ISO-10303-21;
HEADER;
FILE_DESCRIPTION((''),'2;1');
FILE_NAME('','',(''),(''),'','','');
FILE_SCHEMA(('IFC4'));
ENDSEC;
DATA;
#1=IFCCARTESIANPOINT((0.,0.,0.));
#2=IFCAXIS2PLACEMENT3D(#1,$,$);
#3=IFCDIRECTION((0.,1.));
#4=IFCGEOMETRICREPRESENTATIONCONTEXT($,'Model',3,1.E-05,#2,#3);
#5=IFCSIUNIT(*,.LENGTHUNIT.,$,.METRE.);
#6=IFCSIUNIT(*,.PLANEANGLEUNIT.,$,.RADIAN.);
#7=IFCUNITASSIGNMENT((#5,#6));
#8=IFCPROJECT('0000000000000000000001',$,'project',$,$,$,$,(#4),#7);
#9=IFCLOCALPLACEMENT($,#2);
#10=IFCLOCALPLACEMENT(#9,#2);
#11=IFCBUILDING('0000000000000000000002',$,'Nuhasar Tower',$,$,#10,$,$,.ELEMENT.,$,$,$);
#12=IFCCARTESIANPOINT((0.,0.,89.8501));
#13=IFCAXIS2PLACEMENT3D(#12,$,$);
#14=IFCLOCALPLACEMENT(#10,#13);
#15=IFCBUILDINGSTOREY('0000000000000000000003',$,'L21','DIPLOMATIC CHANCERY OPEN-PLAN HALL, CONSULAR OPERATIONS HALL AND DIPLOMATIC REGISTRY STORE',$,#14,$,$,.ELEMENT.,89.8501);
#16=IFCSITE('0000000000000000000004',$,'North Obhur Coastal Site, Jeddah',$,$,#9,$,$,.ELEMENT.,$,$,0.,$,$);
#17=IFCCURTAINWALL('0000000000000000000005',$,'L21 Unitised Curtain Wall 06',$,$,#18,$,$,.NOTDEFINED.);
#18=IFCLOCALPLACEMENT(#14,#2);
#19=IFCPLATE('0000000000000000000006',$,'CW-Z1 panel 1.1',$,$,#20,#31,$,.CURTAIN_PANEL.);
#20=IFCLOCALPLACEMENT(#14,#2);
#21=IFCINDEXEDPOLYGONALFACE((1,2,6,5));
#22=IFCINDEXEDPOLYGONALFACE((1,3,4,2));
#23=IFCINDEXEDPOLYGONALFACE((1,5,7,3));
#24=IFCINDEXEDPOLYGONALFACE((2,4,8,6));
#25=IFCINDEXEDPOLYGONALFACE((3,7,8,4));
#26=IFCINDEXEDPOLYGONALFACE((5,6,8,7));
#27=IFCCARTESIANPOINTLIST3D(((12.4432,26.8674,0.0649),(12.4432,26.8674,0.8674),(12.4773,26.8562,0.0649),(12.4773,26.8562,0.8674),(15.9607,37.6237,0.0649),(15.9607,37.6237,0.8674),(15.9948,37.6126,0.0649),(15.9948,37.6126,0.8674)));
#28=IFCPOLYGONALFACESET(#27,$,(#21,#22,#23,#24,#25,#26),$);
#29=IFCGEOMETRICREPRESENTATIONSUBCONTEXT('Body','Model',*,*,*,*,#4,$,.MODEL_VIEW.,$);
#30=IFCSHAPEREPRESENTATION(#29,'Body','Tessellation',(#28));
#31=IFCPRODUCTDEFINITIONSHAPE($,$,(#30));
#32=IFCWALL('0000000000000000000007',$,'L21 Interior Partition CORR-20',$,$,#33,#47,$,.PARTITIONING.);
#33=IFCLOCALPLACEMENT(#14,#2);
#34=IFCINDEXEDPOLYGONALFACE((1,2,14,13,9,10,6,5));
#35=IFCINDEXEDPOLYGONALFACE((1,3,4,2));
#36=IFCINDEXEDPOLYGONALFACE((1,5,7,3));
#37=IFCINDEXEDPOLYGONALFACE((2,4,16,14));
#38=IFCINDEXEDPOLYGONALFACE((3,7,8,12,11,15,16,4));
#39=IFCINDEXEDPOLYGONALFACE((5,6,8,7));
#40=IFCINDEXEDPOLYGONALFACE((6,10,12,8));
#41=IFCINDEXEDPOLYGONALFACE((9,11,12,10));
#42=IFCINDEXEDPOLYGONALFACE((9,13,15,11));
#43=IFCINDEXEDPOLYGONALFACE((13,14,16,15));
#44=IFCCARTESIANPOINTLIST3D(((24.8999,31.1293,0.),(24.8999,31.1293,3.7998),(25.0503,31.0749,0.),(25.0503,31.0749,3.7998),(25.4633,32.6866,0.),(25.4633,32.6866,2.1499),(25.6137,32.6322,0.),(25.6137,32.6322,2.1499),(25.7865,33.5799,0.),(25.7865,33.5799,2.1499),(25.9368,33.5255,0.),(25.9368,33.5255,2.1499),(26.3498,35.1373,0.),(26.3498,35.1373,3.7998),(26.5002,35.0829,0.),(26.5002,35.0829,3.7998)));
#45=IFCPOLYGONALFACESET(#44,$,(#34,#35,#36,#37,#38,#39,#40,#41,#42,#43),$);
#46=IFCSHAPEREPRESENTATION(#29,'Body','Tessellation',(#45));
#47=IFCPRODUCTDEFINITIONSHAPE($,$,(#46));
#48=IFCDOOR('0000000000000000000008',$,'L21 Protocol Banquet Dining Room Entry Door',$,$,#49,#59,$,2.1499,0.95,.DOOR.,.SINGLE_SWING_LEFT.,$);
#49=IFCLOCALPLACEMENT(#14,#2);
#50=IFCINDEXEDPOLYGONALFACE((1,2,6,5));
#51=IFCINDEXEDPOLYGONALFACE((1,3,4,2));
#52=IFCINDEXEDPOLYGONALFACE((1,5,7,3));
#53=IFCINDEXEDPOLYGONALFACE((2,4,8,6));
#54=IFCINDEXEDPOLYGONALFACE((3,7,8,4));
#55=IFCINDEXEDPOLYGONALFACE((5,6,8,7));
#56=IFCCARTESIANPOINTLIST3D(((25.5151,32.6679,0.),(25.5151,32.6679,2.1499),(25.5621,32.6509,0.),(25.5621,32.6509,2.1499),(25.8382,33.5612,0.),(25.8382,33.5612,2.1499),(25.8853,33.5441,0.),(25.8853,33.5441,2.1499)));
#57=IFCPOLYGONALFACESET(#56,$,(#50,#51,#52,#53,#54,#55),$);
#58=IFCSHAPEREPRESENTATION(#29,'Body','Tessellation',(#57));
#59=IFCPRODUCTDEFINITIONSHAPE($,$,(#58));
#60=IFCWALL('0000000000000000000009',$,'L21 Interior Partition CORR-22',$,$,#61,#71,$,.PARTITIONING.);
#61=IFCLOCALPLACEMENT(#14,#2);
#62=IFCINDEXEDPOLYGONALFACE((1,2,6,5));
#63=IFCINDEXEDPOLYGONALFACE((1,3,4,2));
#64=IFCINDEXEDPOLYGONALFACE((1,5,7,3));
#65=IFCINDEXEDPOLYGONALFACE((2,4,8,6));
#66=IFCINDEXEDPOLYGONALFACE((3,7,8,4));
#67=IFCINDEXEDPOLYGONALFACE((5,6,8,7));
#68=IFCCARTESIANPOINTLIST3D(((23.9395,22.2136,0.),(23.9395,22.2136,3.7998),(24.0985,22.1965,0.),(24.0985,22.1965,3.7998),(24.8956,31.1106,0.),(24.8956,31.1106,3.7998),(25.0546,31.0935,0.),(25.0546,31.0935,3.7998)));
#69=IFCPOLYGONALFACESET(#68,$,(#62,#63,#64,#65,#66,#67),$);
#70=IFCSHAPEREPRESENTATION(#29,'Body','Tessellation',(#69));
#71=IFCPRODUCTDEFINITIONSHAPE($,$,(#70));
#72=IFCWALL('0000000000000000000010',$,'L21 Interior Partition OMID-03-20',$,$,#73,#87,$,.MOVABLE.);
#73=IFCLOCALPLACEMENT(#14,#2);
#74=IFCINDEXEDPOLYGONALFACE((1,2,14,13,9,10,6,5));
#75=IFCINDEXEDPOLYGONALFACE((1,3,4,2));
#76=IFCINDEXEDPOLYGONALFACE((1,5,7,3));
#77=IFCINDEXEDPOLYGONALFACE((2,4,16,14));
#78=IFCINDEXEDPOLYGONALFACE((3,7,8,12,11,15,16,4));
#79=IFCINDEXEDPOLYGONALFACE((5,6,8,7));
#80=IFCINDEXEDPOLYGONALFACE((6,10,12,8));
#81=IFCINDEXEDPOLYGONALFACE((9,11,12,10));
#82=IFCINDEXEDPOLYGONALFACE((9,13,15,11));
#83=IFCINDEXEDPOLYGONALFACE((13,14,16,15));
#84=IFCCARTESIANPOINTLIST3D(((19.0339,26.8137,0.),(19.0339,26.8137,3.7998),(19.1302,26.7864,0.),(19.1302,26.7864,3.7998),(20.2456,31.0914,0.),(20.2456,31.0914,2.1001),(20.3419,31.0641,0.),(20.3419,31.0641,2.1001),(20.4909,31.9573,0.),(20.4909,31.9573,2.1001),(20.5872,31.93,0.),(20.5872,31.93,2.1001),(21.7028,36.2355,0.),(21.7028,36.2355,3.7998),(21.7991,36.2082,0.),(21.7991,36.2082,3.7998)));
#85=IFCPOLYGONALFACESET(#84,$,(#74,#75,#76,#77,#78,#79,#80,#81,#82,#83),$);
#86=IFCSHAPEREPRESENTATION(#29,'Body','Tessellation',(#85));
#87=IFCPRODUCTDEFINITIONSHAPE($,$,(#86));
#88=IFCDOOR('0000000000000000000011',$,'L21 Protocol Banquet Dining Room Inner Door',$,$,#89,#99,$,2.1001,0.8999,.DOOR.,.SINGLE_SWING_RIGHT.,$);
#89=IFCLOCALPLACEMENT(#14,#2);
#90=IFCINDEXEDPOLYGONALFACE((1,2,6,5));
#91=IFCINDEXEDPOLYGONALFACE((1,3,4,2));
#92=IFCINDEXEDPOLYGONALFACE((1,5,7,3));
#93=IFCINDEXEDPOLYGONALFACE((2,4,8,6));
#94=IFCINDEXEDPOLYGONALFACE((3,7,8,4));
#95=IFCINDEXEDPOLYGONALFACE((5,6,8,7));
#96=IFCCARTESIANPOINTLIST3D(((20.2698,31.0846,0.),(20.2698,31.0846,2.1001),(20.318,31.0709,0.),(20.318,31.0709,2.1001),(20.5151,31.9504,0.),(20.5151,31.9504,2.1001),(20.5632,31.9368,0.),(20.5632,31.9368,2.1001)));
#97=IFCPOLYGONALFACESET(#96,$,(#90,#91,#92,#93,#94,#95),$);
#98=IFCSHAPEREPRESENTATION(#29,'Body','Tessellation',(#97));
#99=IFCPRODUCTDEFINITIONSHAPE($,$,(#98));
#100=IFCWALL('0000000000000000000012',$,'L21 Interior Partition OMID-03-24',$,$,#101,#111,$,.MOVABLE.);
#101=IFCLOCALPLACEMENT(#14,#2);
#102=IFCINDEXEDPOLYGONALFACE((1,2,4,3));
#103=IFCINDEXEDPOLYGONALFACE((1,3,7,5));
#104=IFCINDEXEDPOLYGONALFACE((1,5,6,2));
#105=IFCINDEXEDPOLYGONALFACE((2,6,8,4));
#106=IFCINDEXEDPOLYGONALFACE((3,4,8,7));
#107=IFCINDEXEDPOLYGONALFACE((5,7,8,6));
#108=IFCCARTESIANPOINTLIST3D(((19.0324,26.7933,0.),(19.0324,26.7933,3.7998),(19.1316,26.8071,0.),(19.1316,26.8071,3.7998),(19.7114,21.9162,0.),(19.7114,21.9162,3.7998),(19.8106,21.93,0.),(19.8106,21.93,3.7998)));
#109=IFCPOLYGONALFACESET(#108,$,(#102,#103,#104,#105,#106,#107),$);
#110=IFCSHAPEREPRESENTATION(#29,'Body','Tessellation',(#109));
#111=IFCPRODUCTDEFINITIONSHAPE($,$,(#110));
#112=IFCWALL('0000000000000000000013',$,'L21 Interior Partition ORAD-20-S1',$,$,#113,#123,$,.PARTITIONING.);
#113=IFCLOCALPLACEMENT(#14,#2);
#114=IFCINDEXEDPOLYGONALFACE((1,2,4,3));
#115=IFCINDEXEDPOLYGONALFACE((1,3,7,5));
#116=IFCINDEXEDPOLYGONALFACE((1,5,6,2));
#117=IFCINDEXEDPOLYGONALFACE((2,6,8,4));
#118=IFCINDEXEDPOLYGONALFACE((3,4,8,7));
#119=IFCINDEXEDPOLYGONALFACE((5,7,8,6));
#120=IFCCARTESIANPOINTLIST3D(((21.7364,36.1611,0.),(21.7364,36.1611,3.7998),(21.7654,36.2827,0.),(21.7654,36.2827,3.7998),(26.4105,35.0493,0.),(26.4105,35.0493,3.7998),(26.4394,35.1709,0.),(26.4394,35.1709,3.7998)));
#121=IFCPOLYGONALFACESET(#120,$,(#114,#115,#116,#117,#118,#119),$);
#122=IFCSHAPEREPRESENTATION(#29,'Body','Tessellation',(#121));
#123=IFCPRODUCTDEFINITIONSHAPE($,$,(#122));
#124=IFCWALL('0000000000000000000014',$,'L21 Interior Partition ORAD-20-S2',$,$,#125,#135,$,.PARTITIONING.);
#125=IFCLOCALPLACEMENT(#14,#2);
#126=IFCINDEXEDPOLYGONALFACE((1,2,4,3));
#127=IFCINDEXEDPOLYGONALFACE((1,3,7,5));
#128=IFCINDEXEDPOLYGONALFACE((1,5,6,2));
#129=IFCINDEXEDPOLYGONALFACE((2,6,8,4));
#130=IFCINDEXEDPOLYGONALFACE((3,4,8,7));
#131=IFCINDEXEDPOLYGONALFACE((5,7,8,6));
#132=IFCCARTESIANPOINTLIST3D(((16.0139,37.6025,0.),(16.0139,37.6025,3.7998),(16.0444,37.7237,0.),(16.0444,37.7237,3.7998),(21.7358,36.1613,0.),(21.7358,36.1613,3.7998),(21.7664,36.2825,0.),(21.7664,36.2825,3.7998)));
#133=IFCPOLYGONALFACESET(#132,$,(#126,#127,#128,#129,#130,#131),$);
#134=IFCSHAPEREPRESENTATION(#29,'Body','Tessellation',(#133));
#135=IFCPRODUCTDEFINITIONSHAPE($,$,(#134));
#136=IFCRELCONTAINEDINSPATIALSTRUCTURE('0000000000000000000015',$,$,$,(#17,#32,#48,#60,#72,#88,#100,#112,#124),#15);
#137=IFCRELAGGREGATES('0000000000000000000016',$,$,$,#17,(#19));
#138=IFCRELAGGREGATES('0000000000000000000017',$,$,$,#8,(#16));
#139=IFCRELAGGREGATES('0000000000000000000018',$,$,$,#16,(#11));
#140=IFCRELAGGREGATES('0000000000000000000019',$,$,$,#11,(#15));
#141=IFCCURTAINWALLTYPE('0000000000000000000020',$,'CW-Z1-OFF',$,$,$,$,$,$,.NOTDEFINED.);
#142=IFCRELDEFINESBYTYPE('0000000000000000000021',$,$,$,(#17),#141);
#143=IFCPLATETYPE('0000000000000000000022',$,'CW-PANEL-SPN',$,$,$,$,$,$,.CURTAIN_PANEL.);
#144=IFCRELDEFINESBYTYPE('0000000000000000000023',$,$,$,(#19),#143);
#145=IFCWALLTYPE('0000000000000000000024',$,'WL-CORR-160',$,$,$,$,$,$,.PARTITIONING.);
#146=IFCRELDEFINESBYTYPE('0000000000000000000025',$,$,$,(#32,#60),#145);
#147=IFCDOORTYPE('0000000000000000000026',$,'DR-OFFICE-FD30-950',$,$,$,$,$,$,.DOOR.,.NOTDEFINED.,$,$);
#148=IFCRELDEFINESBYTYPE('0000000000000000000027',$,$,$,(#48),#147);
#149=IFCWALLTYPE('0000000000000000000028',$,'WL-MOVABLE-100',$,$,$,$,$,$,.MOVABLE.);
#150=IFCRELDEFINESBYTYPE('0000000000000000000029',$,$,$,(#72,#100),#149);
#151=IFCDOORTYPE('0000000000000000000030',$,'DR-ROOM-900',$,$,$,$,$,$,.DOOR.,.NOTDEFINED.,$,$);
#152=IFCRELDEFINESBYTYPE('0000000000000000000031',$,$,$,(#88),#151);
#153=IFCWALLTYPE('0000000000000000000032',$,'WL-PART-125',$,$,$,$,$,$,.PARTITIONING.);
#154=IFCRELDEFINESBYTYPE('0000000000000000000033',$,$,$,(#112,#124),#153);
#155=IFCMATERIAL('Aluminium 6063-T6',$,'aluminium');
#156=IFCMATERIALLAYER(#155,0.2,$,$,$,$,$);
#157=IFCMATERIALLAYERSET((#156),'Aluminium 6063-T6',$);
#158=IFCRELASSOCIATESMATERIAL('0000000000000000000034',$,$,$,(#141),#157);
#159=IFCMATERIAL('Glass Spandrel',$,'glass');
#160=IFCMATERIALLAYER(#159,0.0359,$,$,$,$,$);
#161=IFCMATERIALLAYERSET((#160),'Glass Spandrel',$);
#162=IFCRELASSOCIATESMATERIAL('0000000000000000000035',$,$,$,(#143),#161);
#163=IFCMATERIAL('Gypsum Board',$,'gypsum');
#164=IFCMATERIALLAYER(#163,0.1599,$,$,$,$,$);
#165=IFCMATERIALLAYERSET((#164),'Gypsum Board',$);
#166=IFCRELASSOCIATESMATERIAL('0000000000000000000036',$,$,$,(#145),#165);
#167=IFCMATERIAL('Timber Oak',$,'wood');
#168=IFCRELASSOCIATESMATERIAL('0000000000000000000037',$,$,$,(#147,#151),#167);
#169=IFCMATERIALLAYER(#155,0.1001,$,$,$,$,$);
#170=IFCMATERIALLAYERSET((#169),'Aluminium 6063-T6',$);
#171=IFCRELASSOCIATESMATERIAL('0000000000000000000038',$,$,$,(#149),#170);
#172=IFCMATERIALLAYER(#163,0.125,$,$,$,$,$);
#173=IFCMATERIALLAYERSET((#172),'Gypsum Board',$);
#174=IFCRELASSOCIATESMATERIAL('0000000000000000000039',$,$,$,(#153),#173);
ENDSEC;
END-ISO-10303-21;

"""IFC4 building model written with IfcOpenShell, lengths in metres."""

from ifc_helpers import new_model, si_unit, direction, frame, frame_2d, origin, origin_2d, place, context, subcontext, project, spatial, rectangle, extrude, material, layer, layer_set, type_object, element, fill, aggregate, save


model = new_model("IFC4")

# Units and contexts
model_context = context("Model", 3, precision=1e-05, world=origin(), true_north=direction((0.0, 1.0)))
body_context = subcontext(model_context, "Body", "Model", "MODEL_VIEW")
ifc_project = project(units=[si_unit("LENGTHUNIT", "METRE"), si_unit("PLANEANGLEUNIT", "RADIAN")], contexts=[model_context])

# Site, building, storey
site_placement = place(None, origin())
site = spatial("IfcSite", under=ifc_project, at=site_placement, Name="North Obhur Coastal Site, Jeddah", CompositionType="ELEMENT", RefElevation=0.0)
building_placement = place(site_placement, origin())
building = spatial("IfcBuilding", under=site, at=building_placement, Name="Nuhasar Tower", CompositionType="ELEMENT")
storey_placement = place(building_placement, frame((0.0, 0.0, 89.8501)))
storey = spatial("IfcBuildingStorey", under=building, at=storey_placement, Name="L21", Description="DIPLOMATIC CHANCERY OPEN-PLAN HALL, CONSULAR OPERATIONS HALL AND DIPLOMATIC REGISTRY STORE", CompositionType="ELEMENT", Elevation=89.8501)

# Curtain wall
ifc_material_1 = material(Name="Aluminium 6063-T6", Category="aluminium")
ifc_layer_1 = layer(ifc_material_1, 0.2)
ifc_layer_set_1 = layer_set([ifc_layer_1], Name="Aluminium 6063-T6")
curtain_wall_type = type_object("IfcCurtainWallType", Name="CW-Z1-OFF", PredefinedType="NOTDEFINED", material=ifc_layer_set_1)
curtain_wall_placement = place(storey_placement, origin())
curtain_wall = element("IfcCurtainWall", 1, at=curtain_wall_placement, inside=storey, type_object=curtain_wall_type, Name="L21 Unitised Curtain Wall 06", PredefinedType="NOTDEFINED")

# Plate
ifc_material_2 = material(Name="Glass Spandrel", Category="glass")
ifc_layer_2 = layer(ifc_material_2, 0.0359)
ifc_layer_set_2 = layer_set([ifc_layer_2], Name="Glass Spandrel")
plate_type_1 = type_object("IfcPlateType", Name="CW-PANEL-SPN", PredefinedType="CURTAIN_PANEL", material=ifc_layer_set_2)
plate_1_placement = place(storey_placement, frame((14.219, 32.24, 0.0649), z_axis=(0.0, 0.0, 1.0), x_axis=(-0.310824, -0.950468, 0.0)))
plate_1 = element("IfcPlate", 2, at=plate_1_placement, type_object=plate_type_1, Name="CW-Z1 panel 1.1", PredefinedType="CURTAIN_PANEL", context=body_context, shape_type="SweptSolid", body=[
    extrude(rectangle(XDim=11.3169, YDim=0.0359, at=origin_2d()), origin(), (0.0, 0.0, 1.0), 0.8025),
])
aggregate(curtain_wall, [plate_1])

# Wall, opening, door
ifc_material_3 = material(Name="Gypsum Board", Category="gypsum")
ifc_layer_3 = layer(ifc_material_3, 0.1599)
ifc_layer_set_3 = layer_set([ifc_layer_3], Name="Gypsum Board")
wall_type_1 = type_object("IfcWallType", Name="WL-CORR-160", PredefinedType="PARTITIONING", material=ifc_layer_set_3)
wall_1_placement = place(storey_placement, frame((24.9751, 31.1021, 0.0), z_axis=(0.0, 0.0, 1.0), x_axis=(0.340184, 0.940359, 0.0)))
wall_1 = element("IfcWall", 3, at=wall_1_placement, inside=storey, type_object=wall_type_1, Name="L21 Interior Partition CORR-20", PredefinedType="PARTITIONING", context=body_context, shape_type="SweptSolid", body=[
    extrude(rectangle(XDim=4.2622, YDim=0.1599, at=frame_2d((2.1311, 0.0))), origin(), (0.0, 0.0, 1.0), 3.7998),
])
opening_1_placement = place(wall_1_placement, frame((1.656, 0.0, 0.0)))
opening_1 = element("IfcOpeningElement", 4, at=opening_1_placement, cuts=wall_1, PredefinedType="OPENING", context=body_context, shape_type="SweptSolid", body=[
    extrude(rectangle(XDim=0.95, YDim=2.1499, at=frame_2d((0.4751, 1.075))), frame((0.0, 0.0898, 0.0), z_axis=(0.0, -1.0, 0.0), x_axis=(1.0, 0.0, 0.0)), (0.0, 0.0, 1.0), 0.1799),
])
ifc_material_4 = material(Name="Timber Oak", Category="wood")
door_type_1 = type_object("IfcDoorType", Name="DR-OFFICE-FD30-950", OperationType="NOTDEFINED", PredefinedType="DOOR", material=ifc_material_4)
door_1_placement = place(opening_1_placement, origin())
door_1 = element("IfcDoor", 5, at=door_1_placement, inside=storey, type_object=door_type_1, Name="L21 Protocol Banquet Dining Room Entry Door", OperationType="SINGLE_SWING_LEFT", OverallHeight=2.1499, OverallWidth=0.95, PredefinedType="DOOR", context=body_context, shape_type="SweptSolid", body=[
    extrude(rectangle(XDim=0.95, YDim=2.1499, at=frame_2d((0.4751, 1.075))), frame((0.0, 0.0249, 0.0), z_axis=(0.0, -1.0, 0.0), x_axis=(1.0, 0.0, 0.0)), (0.0, 0.0, 1.0), 0.05),
])
fill(opening_1, door_1)

# Wall
wall_2_placement = place(storey_placement, frame((24.9751, 31.1021, 0.0), z_axis=(0.0, 0.0, 1.0), x_axis=(-0.106843, -0.994276, 0.0)))
element("IfcWall", 6, at=wall_2_placement, inside=storey, type_object=wall_type_1, Name="L21 Interior Partition CORR-22", PredefinedType="PARTITIONING", context=body_context, shape_type="SweptSolid", body=[
    extrude(rectangle(XDim=8.9482, YDim=0.1599, at=frame_2d((4.4741, 0.0))), origin(), (0.0, 0.0, 1.0), 3.7998),
])

# Wall, opening, door
ifc_layer_4 = layer(ifc_material_1, 0.1001)
ifc_layer_set_4 = layer_set([ifc_layer_4], Name="Aluminium 6063-T6")
wall_type_2 = type_object("IfcWallType", Name="WL-MOVABLE-100", PredefinedType="MOVABLE", material=ifc_layer_set_4)
wall_3_placement = place(storey_placement, frame((19.082, 26.8, 0.0), z_axis=(0.0, 0.0, 1.0), x_axis=(0.272547, 0.962142, 0.0)))
wall_3 = element("IfcWall", 7, at=wall_3_placement, inside=storey, type_object=wall_type_2, Name="L21 Interior Partition OMID-03-20", PredefinedType="MOVABLE", context=body_context, shape_type="SweptSolid", body=[
    extrude(rectangle(XDim=9.7925, YDim=0.1001, at=frame_2d((4.8962, 0.0))), origin(), (0.0, 0.0, 1.0), 3.7998),
])
opening_2_placement = place(wall_3_placement, frame((4.446, 0.0, 0.0)))
opening_2 = element("IfcOpeningElement", 8, at=opening_2_placement, cuts=wall_3, PredefinedType="OPENING", context=body_context, shape_type="SweptSolid", body=[
    extrude(rectangle(XDim=0.8999, YDim=2.1001, at=frame_2d((0.45, 1.05))), frame((0.0, 0.0601, 0.0), z_axis=(0.0, -1.0, 0.0), x_axis=(1.0, 0.0, 0.0)), (0.0, 0.0, 1.0), 0.1201),
])
door_type_2 = type_object("IfcDoorType", Name="DR-ROOM-900", OperationType="NOTDEFINED", PredefinedType="DOOR", material=ifc_material_4)
door_2_placement = place(opening_2_placement, origin())
door_2 = element("IfcDoor", 9, at=door_2_placement, inside=storey, type_object=door_type_2, Name="L21 Protocol Banquet Dining Room Inner Door", OperationType="SINGLE_SWING_RIGHT", OverallHeight=2.1001, OverallWidth=0.8999, PredefinedType="DOOR", context=body_context, shape_type="SweptSolid", body=[
    extrude(rectangle(XDim=0.8999, YDim=2.1001, at=frame_2d((0.45, 1.05))), frame((0.0, 0.0249, 0.0), z_axis=(0.0, -1.0, 0.0), x_axis=(1.0, 0.0, 0.0)), (0.0, 0.0, 1.0), 0.05),
])
fill(opening_2, door_2)

# Walls
wall_4_placement = place(storey_placement, frame((19.082, 26.8, 0.0), z_axis=(0.0, 0.0, 1.0), x_axis=(0.137887, -0.990448, 0.0)))
element("IfcWall", 10, at=wall_4_placement, inside=storey, type_object=wall_type_2, Name="L21 Interior Partition OMID-03-24", PredefinedType="MOVABLE", context=body_context, shape_type="SweptSolid", body=[
    extrude(rectangle(XDim=4.9241, YDim=0.1001, at=frame_2d((2.4619, 0.0))), origin(), (0.0, 0.0, 1.0), 3.7998),
])
ifc_layer_5 = layer(ifc_material_3, 0.125)
ifc_layer_set_5 = layer_set([ifc_layer_5], Name="Gypsum Board")
wall_type_3 = type_object("IfcWallType", Name="WL-PART-125", PredefinedType="PARTITIONING", material=ifc_layer_set_5)
wall_5_placement = place(storey_placement, frame((26.425, 35.1101, 0.0), z_axis=(0.0, 0.0, 1.0), x_axis=(-0.972856, 0.231412, 0.0)))
element("IfcWall", 11, at=wall_5_placement, inside=storey, type_object=wall_type_3, Name="L21 Interior Partition ORAD-20-S1", PredefinedType="PARTITIONING", context=body_context, shape_type="SweptSolid", body=[
    extrude(rectangle(XDim=4.8044, YDim=0.125, at=frame_2d((2.4023, 0.0))), origin(), (0.0, 0.0, 1.0), 3.7998),
])
wall_6_placement = place(storey_placement, frame((21.751, 36.2219, 0.0), z_axis=(0.0, 0.0, 1.0), x_axis=(-0.969715, 0.244239, 0.0)))
element("IfcWall", 12, at=wall_6_placement, inside=storey, type_object=wall_type_3, Name="L21 Interior Partition ORAD-20-S2", PredefinedType="PARTITIONING", context=body_context, shape_type="SweptSolid", body=[
    extrude(rectangle(XDim=5.9006, YDim=0.125, at=frame_2d((2.9502, 0.0))), origin(), (0.0, 0.0, 1.0), 3.7998),
])

save(model, "model.ifc")
